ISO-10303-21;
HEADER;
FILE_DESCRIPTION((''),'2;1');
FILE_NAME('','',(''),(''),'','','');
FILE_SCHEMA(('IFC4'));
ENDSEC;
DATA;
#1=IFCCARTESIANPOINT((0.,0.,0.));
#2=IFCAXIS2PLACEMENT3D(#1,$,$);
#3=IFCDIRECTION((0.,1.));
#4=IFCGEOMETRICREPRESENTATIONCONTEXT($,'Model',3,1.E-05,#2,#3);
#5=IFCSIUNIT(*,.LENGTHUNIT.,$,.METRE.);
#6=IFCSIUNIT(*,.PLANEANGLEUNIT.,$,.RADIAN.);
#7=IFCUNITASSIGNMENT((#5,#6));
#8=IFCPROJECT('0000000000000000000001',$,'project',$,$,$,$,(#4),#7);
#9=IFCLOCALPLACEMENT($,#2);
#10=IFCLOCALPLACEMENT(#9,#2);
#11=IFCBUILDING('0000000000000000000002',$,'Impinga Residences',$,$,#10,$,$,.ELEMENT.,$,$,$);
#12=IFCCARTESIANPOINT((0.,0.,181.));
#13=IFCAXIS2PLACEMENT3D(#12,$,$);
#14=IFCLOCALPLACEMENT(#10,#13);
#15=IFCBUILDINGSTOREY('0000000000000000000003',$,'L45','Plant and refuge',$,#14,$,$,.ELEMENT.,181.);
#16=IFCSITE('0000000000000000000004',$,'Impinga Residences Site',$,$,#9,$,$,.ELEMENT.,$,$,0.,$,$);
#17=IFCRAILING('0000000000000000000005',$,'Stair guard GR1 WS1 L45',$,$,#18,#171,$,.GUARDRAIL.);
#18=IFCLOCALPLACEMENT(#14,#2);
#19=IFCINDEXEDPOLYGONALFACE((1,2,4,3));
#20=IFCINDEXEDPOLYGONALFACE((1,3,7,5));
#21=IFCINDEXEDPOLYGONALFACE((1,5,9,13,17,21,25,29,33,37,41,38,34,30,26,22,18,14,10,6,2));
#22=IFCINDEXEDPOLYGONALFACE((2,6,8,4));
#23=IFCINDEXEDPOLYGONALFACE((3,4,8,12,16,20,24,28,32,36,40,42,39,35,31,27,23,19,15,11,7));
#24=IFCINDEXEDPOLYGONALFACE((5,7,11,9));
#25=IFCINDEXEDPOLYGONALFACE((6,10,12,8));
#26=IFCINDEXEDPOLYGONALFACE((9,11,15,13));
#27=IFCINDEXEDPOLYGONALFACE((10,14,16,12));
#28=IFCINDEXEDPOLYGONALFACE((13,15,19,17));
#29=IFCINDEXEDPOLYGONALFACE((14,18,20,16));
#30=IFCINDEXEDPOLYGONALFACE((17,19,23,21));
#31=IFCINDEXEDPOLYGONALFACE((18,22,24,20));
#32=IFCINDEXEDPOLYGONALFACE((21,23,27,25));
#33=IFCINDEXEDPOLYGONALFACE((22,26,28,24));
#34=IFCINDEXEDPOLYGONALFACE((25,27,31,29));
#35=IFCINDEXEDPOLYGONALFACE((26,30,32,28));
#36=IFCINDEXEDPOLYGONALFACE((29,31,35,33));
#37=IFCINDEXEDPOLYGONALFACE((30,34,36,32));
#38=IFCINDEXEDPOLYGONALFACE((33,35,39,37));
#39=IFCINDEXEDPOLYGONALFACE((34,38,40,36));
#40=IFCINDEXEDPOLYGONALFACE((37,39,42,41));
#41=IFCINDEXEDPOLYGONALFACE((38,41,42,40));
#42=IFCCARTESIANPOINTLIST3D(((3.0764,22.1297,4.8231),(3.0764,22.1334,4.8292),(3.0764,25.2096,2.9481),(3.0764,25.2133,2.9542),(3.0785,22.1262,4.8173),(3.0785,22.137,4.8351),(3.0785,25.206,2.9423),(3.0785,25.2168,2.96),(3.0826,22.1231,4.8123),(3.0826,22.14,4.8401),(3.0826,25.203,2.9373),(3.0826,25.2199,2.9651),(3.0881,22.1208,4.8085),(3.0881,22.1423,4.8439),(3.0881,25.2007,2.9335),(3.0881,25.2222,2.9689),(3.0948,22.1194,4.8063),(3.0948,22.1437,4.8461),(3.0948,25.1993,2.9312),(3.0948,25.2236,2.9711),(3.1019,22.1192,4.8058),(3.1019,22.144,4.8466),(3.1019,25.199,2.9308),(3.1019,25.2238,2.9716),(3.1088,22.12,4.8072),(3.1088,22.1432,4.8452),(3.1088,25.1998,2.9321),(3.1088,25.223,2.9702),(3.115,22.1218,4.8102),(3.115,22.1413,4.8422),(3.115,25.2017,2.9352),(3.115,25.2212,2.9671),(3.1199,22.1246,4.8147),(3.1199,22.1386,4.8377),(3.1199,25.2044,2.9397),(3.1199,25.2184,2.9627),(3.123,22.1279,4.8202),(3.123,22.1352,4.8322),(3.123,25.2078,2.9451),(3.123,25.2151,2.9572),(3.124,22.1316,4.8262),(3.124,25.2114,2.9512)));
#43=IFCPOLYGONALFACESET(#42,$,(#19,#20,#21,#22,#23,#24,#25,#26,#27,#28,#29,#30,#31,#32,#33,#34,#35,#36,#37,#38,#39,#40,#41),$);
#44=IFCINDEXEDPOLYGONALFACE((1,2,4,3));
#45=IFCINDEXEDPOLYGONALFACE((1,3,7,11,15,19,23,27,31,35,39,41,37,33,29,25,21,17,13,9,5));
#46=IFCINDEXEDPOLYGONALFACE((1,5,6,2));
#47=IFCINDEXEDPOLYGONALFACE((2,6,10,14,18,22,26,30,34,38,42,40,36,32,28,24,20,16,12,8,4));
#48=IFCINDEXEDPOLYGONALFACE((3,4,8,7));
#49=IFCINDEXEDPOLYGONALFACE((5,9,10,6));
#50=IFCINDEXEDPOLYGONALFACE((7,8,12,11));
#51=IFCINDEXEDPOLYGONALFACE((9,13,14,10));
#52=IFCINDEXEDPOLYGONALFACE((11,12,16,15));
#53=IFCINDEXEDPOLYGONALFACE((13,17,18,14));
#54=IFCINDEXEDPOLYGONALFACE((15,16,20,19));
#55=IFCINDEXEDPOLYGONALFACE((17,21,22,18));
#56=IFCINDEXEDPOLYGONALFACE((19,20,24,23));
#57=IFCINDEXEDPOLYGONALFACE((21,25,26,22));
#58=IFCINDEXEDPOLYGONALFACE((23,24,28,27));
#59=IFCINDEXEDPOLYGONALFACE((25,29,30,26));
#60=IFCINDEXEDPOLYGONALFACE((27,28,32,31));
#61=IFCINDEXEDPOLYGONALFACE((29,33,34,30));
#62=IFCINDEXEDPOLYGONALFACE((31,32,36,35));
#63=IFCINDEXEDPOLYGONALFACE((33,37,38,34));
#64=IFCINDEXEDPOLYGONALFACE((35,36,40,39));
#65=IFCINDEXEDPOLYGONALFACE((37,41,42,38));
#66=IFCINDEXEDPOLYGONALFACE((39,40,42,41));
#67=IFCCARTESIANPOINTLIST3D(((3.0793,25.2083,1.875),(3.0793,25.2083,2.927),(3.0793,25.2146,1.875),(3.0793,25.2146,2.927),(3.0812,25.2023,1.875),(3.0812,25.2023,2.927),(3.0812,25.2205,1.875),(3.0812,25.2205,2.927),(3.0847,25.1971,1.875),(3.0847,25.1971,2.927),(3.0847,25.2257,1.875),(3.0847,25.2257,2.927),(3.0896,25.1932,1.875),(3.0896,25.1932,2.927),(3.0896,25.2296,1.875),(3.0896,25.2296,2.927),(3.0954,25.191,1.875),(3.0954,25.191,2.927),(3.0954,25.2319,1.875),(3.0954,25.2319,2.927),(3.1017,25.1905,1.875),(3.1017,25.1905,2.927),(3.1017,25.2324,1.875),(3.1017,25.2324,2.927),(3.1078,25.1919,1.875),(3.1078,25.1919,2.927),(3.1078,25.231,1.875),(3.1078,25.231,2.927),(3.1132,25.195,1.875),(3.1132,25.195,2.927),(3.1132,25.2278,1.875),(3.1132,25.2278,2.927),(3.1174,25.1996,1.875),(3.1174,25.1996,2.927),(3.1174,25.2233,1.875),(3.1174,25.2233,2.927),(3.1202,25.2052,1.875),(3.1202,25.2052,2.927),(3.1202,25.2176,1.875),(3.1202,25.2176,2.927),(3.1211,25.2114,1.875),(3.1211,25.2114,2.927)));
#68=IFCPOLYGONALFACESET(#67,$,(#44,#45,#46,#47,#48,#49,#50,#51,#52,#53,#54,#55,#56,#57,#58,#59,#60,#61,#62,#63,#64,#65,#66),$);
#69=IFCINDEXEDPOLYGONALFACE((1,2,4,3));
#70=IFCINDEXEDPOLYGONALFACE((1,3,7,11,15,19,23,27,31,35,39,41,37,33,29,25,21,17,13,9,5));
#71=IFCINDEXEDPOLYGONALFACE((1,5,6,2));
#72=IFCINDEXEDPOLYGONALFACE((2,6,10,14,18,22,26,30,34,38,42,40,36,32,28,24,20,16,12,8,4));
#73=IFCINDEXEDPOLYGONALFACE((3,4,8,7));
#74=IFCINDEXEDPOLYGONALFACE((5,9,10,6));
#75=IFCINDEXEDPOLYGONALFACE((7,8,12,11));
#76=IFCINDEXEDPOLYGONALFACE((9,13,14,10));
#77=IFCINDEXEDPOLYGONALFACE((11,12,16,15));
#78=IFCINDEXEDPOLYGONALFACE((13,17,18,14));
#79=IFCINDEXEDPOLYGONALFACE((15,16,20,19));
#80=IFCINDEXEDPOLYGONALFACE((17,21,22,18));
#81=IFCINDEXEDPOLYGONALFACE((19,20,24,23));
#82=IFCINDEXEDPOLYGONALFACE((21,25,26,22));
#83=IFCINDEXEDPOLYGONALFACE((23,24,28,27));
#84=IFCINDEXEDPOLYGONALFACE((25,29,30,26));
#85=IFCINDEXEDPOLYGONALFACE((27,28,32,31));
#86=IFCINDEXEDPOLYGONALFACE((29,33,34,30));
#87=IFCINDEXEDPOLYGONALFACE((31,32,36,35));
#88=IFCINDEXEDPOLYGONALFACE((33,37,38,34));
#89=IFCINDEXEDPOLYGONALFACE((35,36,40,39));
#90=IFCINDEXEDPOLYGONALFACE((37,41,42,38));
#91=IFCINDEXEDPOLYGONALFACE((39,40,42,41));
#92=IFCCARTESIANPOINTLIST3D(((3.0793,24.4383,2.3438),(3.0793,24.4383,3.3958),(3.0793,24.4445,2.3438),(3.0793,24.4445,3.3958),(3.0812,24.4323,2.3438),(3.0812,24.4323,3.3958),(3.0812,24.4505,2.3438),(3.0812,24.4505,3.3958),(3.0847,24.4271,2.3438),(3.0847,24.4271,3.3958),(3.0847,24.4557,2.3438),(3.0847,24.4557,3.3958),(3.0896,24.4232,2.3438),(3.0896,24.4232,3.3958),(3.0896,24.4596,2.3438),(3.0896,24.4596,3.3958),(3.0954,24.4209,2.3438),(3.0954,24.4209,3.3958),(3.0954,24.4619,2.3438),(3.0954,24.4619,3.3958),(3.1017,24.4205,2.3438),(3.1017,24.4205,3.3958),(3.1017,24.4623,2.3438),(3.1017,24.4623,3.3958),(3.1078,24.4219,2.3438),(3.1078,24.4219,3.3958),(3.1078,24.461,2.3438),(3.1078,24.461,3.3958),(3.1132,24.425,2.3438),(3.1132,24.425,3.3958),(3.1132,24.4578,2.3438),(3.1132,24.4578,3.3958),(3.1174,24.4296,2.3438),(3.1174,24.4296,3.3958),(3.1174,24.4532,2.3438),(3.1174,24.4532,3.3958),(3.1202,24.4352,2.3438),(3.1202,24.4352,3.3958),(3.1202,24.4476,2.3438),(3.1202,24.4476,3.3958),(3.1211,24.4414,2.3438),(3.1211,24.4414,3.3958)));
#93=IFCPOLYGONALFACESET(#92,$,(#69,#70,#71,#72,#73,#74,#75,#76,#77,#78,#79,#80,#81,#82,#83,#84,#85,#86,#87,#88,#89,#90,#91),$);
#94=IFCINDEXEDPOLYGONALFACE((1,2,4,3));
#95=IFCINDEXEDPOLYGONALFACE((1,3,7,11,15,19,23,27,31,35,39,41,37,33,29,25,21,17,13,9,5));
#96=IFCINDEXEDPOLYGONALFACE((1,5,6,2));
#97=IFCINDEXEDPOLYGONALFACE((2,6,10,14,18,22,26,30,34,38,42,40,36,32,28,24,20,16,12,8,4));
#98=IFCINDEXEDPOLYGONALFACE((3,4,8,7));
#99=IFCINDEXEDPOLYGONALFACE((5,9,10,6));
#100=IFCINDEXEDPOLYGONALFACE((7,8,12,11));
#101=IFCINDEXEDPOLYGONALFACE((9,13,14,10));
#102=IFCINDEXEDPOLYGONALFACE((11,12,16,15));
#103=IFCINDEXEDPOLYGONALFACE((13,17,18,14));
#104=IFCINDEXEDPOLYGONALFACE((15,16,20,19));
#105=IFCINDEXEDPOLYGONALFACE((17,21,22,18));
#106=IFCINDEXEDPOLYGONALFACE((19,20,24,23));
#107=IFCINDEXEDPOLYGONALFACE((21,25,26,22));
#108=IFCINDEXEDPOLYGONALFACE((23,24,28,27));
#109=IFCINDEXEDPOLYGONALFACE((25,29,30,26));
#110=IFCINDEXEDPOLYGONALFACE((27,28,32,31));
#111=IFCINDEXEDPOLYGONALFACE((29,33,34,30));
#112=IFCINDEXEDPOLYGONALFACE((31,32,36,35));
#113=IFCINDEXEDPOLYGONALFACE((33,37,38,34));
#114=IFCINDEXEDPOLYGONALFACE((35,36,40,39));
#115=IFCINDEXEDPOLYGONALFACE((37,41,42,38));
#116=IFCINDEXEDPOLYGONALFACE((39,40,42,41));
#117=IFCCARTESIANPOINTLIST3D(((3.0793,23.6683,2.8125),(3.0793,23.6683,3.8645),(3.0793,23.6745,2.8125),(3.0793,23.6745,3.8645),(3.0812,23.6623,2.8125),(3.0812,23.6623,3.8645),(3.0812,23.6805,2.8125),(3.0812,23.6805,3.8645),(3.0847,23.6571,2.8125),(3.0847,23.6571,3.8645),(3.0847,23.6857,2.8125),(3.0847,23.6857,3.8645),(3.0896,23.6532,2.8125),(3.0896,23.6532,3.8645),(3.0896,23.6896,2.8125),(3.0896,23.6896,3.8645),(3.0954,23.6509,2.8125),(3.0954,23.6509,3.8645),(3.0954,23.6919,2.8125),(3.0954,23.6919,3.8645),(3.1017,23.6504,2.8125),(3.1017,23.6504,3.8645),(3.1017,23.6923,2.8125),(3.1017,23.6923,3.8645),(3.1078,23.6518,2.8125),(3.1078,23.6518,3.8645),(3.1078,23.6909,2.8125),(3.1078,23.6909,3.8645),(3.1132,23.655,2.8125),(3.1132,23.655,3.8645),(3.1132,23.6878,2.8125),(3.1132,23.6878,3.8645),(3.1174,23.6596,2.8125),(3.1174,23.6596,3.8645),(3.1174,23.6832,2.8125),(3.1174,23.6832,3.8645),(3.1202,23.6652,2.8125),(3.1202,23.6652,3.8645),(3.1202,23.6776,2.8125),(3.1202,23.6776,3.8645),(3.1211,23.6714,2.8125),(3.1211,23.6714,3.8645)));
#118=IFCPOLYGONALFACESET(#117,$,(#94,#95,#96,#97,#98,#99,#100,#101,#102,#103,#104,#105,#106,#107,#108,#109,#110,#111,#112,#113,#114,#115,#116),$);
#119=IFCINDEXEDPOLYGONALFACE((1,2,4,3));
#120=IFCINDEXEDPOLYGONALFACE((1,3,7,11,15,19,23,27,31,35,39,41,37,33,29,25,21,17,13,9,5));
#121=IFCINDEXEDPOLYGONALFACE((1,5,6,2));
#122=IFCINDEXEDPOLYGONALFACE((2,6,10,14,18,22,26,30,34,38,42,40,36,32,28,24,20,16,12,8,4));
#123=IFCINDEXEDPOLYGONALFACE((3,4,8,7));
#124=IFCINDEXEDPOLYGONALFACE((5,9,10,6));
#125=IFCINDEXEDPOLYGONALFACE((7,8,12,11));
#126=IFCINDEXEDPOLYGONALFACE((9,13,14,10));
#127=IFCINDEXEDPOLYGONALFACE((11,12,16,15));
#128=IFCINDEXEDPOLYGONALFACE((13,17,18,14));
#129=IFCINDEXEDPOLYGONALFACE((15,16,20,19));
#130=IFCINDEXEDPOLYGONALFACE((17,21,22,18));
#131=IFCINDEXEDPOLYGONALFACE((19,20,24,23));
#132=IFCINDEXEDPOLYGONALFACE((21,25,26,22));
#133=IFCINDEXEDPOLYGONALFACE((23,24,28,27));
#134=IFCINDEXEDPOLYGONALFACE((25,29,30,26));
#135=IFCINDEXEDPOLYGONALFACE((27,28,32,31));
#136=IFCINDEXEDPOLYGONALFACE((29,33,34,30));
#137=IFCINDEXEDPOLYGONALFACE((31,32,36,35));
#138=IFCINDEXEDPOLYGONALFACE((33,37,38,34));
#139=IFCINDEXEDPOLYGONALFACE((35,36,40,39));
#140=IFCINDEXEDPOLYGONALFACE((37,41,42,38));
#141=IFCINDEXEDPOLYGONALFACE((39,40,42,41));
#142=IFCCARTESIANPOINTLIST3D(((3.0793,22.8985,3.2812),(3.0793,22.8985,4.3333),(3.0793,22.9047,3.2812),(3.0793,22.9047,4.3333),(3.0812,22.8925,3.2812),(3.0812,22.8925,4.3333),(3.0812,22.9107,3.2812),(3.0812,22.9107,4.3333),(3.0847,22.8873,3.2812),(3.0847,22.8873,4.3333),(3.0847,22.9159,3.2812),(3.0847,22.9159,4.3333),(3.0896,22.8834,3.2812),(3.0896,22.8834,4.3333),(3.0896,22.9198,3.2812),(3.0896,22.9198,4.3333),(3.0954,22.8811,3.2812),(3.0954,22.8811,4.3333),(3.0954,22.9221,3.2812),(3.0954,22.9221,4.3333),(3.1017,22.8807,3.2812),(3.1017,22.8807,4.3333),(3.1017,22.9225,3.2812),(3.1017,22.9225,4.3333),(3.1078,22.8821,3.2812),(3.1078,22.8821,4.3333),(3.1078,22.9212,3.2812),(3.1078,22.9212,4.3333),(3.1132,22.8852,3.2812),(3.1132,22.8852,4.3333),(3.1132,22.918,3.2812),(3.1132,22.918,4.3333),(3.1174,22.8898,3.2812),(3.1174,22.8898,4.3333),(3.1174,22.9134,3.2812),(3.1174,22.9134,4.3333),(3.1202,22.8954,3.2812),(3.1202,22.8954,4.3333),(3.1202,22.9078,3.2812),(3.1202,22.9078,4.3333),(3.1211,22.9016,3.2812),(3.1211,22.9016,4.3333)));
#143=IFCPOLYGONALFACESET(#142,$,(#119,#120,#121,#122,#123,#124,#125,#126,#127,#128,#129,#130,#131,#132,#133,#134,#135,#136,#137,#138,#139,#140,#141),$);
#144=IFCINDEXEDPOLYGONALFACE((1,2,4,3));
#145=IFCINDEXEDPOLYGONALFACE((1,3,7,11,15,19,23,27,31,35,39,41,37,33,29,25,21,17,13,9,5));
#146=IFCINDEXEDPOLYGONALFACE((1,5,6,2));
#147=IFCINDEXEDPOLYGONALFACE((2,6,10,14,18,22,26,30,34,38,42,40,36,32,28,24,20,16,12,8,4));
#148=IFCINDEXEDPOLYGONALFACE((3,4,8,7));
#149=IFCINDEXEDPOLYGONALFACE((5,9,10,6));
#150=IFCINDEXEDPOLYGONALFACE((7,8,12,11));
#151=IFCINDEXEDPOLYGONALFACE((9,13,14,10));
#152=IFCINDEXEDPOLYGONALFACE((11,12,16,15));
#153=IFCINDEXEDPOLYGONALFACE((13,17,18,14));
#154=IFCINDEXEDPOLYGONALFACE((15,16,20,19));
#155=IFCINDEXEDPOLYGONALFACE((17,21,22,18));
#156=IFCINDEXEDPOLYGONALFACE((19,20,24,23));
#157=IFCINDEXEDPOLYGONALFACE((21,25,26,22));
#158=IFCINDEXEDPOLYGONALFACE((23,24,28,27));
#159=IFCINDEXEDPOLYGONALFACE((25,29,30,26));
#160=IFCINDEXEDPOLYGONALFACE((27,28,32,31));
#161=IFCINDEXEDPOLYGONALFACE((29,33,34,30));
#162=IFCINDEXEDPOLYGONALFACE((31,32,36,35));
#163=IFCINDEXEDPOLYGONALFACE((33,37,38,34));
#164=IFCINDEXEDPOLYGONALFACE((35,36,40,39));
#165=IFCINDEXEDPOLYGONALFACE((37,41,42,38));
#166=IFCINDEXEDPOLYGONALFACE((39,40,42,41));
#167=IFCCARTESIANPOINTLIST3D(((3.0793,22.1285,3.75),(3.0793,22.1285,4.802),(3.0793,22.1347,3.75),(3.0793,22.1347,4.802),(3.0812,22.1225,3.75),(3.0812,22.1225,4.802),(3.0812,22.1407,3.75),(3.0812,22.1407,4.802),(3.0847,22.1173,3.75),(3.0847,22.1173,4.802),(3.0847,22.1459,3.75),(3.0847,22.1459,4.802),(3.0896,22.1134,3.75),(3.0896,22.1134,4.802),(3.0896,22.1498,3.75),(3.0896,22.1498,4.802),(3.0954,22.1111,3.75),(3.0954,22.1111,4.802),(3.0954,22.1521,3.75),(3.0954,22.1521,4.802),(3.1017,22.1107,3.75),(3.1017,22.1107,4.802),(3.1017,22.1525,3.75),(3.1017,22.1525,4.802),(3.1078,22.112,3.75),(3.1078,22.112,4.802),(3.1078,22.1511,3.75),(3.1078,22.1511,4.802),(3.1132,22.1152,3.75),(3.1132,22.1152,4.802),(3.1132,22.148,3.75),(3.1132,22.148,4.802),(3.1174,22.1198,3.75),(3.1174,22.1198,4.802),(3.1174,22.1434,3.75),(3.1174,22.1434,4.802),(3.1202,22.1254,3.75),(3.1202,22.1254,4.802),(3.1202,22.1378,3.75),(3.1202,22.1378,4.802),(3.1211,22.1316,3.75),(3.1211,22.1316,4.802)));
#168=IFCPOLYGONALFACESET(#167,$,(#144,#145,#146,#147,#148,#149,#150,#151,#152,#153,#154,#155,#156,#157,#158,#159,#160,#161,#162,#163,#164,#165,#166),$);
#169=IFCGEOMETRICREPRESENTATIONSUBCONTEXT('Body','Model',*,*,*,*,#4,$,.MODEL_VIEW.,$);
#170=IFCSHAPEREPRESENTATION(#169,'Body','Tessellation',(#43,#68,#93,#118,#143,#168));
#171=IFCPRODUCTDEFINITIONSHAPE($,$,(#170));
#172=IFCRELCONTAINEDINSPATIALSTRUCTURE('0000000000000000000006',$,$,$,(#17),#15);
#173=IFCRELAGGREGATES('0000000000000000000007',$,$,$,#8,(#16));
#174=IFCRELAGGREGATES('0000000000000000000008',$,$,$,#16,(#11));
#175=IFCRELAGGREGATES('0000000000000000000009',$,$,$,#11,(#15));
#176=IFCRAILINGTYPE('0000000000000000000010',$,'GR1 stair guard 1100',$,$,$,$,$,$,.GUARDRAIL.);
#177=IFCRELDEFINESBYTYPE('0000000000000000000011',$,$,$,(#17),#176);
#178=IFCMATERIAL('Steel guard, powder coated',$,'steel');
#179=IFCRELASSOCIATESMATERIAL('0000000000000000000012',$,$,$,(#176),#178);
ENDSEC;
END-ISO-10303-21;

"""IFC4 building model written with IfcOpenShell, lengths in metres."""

from ifc_helpers import new_model, si_unit, direction, frame, origin, origin_2d, place, context, subcontext, project, spatial, circle, extrude, material, type_object, element, save


model = new_model("IFC4")

# Units and contexts
model_context = context("Model", 3, precision=1e-05, world=origin(), true_north=direction((0.0, 1.0)))
body_context = subcontext(model_context, "Body", "Model", "MODEL_VIEW")
ifc_project = project(units=[si_unit("LENGTHUNIT", "METRE"), si_unit("PLANEANGLEUNIT", "RADIAN")], contexts=[model_context])

# Site, building, storey
site_placement = place(None, origin())
site = spatial("IfcSite", under=ifc_project, at=site_placement, Name="Impinga Residences Site", CompositionType="ELEMENT", RefElevation=0.0)
building_placement = place(site_placement, origin())
building = spatial("IfcBuilding", under=site, at=building_placement, Name="Impinga Residences", CompositionType="ELEMENT")
storey_placement = place(building_placement, frame((0.0, 0.0, 181.0)))
storey = spatial("IfcBuildingStorey", under=building, at=storey_placement, Name="L45", Description="Plant and refuge", CompositionType="ELEMENT", Elevation=181.0)

# Railing
ifc_material_1 = material(Name="Steel guard, powder coated", Category="steel")
railing_type_1 = type_object("IfcRailingType", Name="GR1 stair guard 1100", PredefinedType="GUARDRAIL", material=ifc_material_1)
for number, where, name in (
    (1, (3.1001, 25.2114, 1.875), "Stair guard GR1 WS1 L45"),
):
    element("IfcRailing", number, at=place(storey_placement, frame(where)), inside=storey, type_object=railing_type_1, Name=name, PredefinedType="GUARDRAIL", context=body_context, shape_type="SweptSolid", body=[
        extrude(circle(Radius=0.0239, at=origin_2d()), frame((0.0, 0.0, 1.0762), z_axis=(0.0, -0.854159, 0.520011), x_axis=(1.0, 0.0, 0.0)), (0.0, 0.0, 1.0), 3.6057),
        extrude(circle(Radius=0.021, at=origin_2d()), origin(), (0.0, 0.0, 1.0), 1.052),
        extrude(circle(Radius=0.021, at=origin_2d()), frame((0.0, -0.77, 0.4688)), (0.0, 0.0, 1.0), 1.052),
        extrude(circle(Radius=0.021, at=origin_2d()), frame((0.0, -1.54, 0.9375)), (0.0, 0.0, 1.0), 1.052),
        extrude(circle(Radius=0.021, at=origin_2d()), frame((0.0, -2.3098, 1.4062)), (0.0, 0.0, 1.0), 1.052),
        extrude(circle(Radius=0.021, at=origin_2d()), frame((0.0, -3.0798, 1.875)), (0.0, 0.0, 1.0), 1.052),
    ])

save(model, "model.ifc")
